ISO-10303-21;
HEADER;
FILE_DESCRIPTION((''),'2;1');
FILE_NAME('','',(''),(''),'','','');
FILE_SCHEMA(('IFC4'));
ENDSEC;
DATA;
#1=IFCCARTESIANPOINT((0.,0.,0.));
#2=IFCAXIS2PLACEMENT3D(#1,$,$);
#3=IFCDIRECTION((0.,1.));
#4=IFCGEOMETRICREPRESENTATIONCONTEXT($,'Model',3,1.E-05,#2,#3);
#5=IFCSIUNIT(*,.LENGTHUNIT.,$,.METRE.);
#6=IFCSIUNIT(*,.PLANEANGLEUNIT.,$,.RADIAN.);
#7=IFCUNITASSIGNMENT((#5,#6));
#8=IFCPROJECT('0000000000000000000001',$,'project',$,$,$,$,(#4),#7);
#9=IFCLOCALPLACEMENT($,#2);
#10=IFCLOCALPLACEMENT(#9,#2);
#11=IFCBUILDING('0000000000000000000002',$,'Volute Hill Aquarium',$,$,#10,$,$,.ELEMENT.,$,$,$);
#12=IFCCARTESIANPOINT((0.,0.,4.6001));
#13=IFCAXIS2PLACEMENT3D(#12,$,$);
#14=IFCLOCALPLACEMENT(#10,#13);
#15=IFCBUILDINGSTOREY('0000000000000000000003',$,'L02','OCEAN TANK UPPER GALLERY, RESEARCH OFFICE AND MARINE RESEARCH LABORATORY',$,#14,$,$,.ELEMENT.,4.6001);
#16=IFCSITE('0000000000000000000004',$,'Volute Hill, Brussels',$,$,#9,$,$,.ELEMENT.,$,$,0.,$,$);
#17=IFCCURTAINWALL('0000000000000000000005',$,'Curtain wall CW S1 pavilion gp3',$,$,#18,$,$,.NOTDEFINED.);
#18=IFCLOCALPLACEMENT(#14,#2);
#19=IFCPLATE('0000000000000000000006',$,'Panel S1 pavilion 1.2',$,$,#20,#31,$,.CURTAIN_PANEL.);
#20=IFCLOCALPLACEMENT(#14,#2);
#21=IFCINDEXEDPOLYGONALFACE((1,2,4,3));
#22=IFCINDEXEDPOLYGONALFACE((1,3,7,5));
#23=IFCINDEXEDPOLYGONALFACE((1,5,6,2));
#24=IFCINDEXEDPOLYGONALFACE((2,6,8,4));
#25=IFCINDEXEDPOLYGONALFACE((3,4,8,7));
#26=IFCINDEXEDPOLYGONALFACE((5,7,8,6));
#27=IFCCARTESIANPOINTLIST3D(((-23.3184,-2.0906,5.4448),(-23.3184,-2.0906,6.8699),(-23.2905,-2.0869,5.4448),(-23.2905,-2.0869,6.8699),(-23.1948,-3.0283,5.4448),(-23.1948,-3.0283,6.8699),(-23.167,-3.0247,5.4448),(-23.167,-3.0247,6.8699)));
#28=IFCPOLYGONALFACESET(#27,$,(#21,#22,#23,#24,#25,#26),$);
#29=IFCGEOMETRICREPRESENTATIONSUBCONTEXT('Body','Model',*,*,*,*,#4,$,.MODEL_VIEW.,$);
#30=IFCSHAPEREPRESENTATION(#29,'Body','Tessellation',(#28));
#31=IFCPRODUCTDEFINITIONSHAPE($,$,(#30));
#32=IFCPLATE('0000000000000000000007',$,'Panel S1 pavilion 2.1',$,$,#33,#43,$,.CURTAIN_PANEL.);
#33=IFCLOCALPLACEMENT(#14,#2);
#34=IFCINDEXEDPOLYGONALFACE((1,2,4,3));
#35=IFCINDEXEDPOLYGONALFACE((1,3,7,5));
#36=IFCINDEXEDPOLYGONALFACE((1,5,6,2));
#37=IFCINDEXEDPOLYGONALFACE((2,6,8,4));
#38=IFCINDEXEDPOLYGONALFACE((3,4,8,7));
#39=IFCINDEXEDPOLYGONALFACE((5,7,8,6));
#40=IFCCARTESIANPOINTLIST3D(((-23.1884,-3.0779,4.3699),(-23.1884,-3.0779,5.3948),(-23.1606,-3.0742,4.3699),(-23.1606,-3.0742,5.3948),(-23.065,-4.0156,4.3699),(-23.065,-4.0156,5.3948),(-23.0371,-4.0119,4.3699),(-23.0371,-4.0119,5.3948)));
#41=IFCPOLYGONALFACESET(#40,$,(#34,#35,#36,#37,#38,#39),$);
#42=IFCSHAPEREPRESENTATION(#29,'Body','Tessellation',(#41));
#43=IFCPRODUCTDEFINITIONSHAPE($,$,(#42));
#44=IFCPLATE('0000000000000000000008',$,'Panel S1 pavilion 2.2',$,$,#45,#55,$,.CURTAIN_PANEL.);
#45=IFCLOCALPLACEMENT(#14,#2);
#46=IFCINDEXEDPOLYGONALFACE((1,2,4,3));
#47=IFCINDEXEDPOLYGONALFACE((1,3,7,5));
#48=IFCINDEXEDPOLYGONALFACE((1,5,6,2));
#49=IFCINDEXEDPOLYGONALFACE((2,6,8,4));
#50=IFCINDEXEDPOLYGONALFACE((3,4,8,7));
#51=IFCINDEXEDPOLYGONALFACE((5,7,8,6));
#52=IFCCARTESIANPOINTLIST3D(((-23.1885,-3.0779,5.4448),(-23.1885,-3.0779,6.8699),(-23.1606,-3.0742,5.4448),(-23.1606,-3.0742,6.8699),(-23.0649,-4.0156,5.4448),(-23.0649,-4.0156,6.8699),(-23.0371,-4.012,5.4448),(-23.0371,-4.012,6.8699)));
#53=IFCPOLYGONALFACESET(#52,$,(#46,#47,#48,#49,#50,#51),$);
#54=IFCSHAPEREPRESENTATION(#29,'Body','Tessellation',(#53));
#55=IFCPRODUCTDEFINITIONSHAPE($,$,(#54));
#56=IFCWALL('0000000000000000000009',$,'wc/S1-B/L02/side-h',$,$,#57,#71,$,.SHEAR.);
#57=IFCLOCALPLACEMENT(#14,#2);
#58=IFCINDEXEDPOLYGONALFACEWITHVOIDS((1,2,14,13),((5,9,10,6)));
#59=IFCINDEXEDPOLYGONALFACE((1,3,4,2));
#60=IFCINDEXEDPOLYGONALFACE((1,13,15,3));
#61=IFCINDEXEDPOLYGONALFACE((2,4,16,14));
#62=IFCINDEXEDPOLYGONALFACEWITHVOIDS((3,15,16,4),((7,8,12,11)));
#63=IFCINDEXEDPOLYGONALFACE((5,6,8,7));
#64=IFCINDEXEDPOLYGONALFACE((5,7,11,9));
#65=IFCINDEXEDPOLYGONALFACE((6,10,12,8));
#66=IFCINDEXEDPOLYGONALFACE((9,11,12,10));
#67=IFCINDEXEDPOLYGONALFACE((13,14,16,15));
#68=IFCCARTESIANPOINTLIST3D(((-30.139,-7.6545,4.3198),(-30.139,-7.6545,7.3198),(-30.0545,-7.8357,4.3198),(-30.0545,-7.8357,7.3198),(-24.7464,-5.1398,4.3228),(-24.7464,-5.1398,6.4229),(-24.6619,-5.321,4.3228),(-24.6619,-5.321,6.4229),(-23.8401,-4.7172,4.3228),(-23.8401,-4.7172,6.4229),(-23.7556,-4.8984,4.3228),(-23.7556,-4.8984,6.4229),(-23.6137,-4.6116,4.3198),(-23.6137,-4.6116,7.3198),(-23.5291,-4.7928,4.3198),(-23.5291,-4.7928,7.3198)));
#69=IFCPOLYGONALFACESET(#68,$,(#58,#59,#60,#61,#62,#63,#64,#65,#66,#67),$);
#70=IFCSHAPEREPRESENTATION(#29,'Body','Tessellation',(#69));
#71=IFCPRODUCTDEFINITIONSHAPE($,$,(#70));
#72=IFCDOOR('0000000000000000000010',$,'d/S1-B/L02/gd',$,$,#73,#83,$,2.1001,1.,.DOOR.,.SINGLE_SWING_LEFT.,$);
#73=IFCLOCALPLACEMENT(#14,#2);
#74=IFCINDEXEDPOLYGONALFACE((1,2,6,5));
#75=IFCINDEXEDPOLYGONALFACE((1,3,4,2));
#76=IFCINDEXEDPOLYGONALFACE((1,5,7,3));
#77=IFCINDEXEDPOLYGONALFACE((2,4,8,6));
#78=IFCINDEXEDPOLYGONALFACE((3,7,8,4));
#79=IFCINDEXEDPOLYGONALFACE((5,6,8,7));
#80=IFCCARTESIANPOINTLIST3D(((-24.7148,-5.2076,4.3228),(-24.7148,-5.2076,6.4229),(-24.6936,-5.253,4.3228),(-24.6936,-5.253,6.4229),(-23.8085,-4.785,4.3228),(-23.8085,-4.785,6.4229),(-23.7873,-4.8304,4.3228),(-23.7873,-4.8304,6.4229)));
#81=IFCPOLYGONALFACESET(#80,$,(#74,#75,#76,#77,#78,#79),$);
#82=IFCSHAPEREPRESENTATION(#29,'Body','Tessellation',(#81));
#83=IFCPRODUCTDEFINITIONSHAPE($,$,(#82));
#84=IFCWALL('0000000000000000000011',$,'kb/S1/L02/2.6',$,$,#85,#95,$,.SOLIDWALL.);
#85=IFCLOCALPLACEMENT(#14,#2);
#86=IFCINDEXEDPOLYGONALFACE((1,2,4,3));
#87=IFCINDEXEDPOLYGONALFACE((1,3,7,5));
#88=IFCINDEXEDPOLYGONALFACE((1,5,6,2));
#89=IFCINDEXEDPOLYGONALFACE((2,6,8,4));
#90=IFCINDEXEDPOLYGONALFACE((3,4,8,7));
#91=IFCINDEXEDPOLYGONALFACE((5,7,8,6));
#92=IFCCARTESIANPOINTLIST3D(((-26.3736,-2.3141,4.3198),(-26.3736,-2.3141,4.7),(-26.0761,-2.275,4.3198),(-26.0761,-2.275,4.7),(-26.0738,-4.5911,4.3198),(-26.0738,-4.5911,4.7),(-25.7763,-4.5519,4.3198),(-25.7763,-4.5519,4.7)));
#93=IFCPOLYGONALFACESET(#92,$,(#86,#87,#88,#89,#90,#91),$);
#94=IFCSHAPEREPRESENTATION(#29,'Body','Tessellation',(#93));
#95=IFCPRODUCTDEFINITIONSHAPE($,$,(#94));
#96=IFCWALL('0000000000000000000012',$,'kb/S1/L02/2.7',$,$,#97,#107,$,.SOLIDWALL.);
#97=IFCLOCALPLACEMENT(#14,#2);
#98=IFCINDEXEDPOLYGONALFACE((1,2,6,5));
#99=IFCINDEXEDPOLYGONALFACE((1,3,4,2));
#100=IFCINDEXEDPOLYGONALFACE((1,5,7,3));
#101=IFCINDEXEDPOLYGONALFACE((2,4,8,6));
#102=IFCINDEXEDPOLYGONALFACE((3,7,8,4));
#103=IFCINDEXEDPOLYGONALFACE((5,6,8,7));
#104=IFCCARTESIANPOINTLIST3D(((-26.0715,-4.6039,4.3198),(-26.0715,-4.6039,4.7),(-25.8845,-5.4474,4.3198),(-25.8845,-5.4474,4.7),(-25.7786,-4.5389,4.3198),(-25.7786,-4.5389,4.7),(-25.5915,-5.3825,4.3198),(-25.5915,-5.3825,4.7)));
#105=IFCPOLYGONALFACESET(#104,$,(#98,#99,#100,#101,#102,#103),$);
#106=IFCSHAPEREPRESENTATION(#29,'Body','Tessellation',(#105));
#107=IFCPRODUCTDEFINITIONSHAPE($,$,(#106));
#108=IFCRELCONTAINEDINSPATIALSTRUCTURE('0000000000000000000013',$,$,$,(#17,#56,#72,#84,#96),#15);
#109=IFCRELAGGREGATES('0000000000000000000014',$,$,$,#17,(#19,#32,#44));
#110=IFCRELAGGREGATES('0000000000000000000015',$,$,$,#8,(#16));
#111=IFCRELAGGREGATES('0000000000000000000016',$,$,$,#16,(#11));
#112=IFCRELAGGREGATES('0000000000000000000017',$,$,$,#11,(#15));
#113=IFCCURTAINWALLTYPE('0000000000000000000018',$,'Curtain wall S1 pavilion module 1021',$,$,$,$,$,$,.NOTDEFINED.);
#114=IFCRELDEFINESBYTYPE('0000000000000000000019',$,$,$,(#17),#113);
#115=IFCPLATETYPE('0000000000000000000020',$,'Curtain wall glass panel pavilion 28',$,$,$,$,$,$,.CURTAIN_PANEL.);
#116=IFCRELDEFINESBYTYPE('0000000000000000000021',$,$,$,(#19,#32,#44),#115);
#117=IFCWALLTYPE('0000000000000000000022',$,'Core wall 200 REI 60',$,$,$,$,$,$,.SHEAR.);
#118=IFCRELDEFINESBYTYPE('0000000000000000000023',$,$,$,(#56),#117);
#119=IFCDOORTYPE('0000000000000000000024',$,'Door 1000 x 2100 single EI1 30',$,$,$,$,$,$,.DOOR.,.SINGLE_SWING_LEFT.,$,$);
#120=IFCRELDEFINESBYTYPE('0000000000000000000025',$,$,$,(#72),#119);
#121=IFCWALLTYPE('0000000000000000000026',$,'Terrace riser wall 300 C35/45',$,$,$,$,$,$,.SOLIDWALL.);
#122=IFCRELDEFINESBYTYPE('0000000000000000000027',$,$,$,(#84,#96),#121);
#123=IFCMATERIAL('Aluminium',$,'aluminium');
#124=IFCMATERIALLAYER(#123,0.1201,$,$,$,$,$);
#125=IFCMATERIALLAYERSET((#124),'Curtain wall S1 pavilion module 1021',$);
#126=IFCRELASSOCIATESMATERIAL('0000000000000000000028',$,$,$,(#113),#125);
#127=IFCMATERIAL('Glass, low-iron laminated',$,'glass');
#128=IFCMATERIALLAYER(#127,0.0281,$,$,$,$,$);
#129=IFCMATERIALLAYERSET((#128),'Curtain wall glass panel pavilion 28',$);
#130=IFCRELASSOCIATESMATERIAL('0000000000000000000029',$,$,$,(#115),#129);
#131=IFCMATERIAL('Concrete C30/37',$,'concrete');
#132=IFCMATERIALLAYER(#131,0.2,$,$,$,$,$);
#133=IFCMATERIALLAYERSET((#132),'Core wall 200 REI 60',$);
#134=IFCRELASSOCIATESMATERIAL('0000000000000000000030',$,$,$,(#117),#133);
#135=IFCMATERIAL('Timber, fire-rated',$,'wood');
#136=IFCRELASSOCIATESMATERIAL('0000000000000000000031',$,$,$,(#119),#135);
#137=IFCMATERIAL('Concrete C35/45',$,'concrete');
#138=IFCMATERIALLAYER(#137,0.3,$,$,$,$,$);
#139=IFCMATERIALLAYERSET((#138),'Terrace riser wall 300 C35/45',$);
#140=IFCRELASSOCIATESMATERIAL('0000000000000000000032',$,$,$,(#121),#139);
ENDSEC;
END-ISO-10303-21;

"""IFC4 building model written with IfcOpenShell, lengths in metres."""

from ifc_helpers import new_model, si_unit, direction, frame, frame_2d, origin, origin_2d, place, context, subcontext, project, spatial, polyline, rectangle, outline, extrude, material, layer, layer_set, type_object, element, fill, aggregate, save


model = new_model("IFC4")

# Units and contexts
model_context = context("Model", 3, precision=1e-05, world=origin(), true_north=direction((0.0, 1.0)))
body_context = subcontext(model_context, "Body", "Model", "MODEL_VIEW")
ifc_project = project(units=[si_unit("LENGTHUNIT", "METRE"), si_unit("PLANEANGLEUNIT", "RADIAN")], contexts=[model_context])

# Site, building, storey
site_placement = place(None, origin())
site = spatial("IfcSite", under=ifc_project, at=site_placement, Name="Volute Hill, Brussels", CompositionType="ELEMENT", RefElevation=0.0)
building_placement = place(site_placement, origin())
building = spatial("IfcBuilding", under=site, at=building_placement, Name="Volute Hill Aquarium", CompositionType="ELEMENT")
storey_placement = place(building_placement, frame((0.0, 0.0, 4.6001)))
storey = spatial("IfcBuildingStorey", under=building, at=storey_placement, Name="L02", Description="OCEAN TANK UPPER GALLERY, RESEARCH OFFICE AND MARINE RESEARCH LABORATORY", CompositionType="ELEMENT", Elevation=4.6001)

# Curtain wall
ifc_material_1 = material(Name="Aluminium", Category="aluminium")
ifc_layer_1 = layer(ifc_material_1, 0.1201)
ifc_layer_set_1 = layer_set([ifc_layer_1], Name="Curtain wall S1 pavilion module 1021")
curtain_wall_type = type_object("IfcCurtainWallType", Name="Curtain wall S1 pavilion module 1021", PredefinedType="NOTDEFINED", material=ifc_layer_set_1)
curtain_wall_placement = place(storey_placement, origin())
curtain_wall = element("IfcCurtainWall", 1, at=curtain_wall_placement, inside=storey, type_object=curtain_wall_type, Name="Curtain wall CW S1 pavilion gp3", PredefinedType="NOTDEFINED")

# Plates
ifc_material_2 = material(Name="Glass, low-iron laminated", Category="glass")
ifc_layer_2 = layer(ifc_material_2, 0.0281)
ifc_layer_set_2 = layer_set([ifc_layer_2], Name="Curtain wall glass panel pavilion 28")
plate_type = type_object("IfcPlateType", Name="Curtain wall glass panel pavilion 28", PredefinedType="CURTAIN_PANEL", material=ifc_layer_set_2)
plate_1_placement = place(storey_placement, frame((-23.3184, -2.0906, 5.4448), z_axis=(-0.991434, -0.130608, 0.0), x_axis=(0.130608, -0.991434, 0.0)))
plate_1 = element("IfcPlate", 2, at=plate_1_placement, type_object=plate_type, Name="Panel S1 pavilion 1.2", PredefinedType="CURTAIN_PANEL", context=body_context, shape_type="SweptSolid", body=[
    extrude(outline(polyline([(0.0, 0.0), (0.9458, 0.0), (0.9458, 1.425), (0.0, 1.425), (0.0, 0.0)])), origin(), (0.0, 0.0, -1.0), 0.0281),
])
plate_2_placement = place(storey_placement, frame((-23.1128, -3.5449, 4.3699), z_axis=(0.0, 0.0, 1.0), x_axis=(0.130543, -0.991443, 0.0)))
plate_2 = element("IfcPlate", 3, at=plate_2_placement, type_object=plate_type, Name="Panel S1 pavilion 2.1", PredefinedType="CURTAIN_PANEL", context=body_context, shape_type="SweptSolid", body=[
    extrude(rectangle(XDim=0.9458, YDim=0.0281, at=origin_2d()), origin(), (0.0, 0.0, 1.0), 1.0249),
])
plate_3_placement = place(storey_placement, frame((-23.1885, -3.0779, 5.4448), z_axis=(-0.991434, -0.130608, 0.0), x_axis=(0.130608, -0.991434, 0.0)))
plate_3 = element("IfcPlate", 4, at=plate_3_placement, type_object=plate_type, Name="Panel S1 pavilion 2.2", PredefinedType="CURTAIN_PANEL", context=body_context, shape_type="SweptSolid", body=[
    extrude(outline(polyline([(0.0, 0.0), (0.9458, 0.0), (0.9458, 1.425), (0.0, 1.425), (0.0, 0.0)])), origin(), (0.0, 0.0, -1.0), 0.0281),
])
aggregate(curtain_wall, [plate_1, plate_2, plate_3])

# Wall, opening, door
ifc_material_3 = material(Name="Concrete C30/37", Category="concrete")
ifc_layer_3 = layer(ifc_material_3, 0.2)
ifc_layer_set_3 = layer_set([ifc_layer_3], Name="Core wall 200 REI 60")
wall_type_1 = type_object("IfcWallType", Name="Core wall 200 REI 60", PredefinedType="SHEAR", material=ifc_layer_set_3)
wall_1_placement = place(storey_placement, frame((-23.5713, -4.7021, 4.3198), z_axis=(0.0, 0.0, 1.0), x_axis=(-0.906301, -0.422633, 0.0)))
wall_1 = element("IfcWall", 5, at=wall_1_placement, inside=storey, type_object=wall_type_1, Name="wc/S1-B/L02/side-h", PredefinedType="SHEAR", context=body_context, shape_type="SweptSolid", body=[
    extrude(rectangle(XDim=7.2, YDim=0.2, at=frame_2d((3.6001, 0.0))), origin(), (0.0, 0.0, 1.0), 3.0),
])
opening_placement = place(wall_1_placement, frame((0.25, 0.0, 0.0029)))
opening = element("IfcOpeningElement", 6, at=opening_placement, cuts=wall_1, PredefinedType="OPENING", context=body_context, shape_type="SweptSolid", body=[
    extrude(rectangle(XDim=1.0, YDim=2.1001, at=frame_2d((0.5, 1.05))), frame((0.0, 0.1099, 0.0), z_axis=(0.0, -1.0, 0.0), x_axis=(1.0, 0.0, 0.0)), (0.0, 0.0, 1.0), 0.22),
])
ifc_material_4 = material(Name="Timber, fire-rated", Category="wood")
door_type = type_object("IfcDoorType", Name="Door 1000 x 2100 single EI1 30", OperationType="SINGLE_SWING_LEFT", PredefinedType="DOOR", material=ifc_material_4)
door_placement = place(opening_placement, origin())
door = element("IfcDoor", 7, at=door_placement, inside=storey, type_object=door_type, Name="d/S1-B/L02/gd", OperationType="SINGLE_SWING_LEFT", OverallHeight=2.1001, OverallWidth=1.0, PredefinedType="DOOR", context=body_context, shape_type="SweptSolid", body=[
    extrude(rectangle(XDim=1.0, YDim=2.1001, at=frame_2d((0.5, 1.05))), frame((0.0, 0.0249, 0.0), z_axis=(0.0, -1.0, 0.0), x_axis=(1.0, 0.0, 0.0)), (0.0, 0.0, 1.0), 0.05),
])
fill(opening, door)

# Walls
ifc_material_5 = material(Name="Concrete C35/45", Category="concrete")
ifc_layer_4 = layer(ifc_material_5, 0.3)
ifc_layer_set_4 = layer_set([ifc_layer_4], Name="Terrace riser wall 300 C35/45")
wall_type_2 = type_object("IfcWallType", Name="Terrace riser wall 300 C35/45", PredefinedType="SOLIDWALL", material=ifc_layer_set_4)
wall_2_placement = place(storey_placement, frame((-26.2249, -2.2944, 4.3198), z_axis=(0.0, 0.0, 1.0), x_axis=(0.130548, -0.991442, 0.0)))
element("IfcWall", 8, at=wall_2_placement, inside=storey, type_object=wall_type_2, Name="kb/S1/L02/2.6", PredefinedType="SOLIDWALL", context=body_context, shape_type="SweptSolid", body=[
    extrude(rectangle(XDim=2.2966, YDim=0.3, at=frame_2d((1.1484, 0.0))), origin(), (0.0, 0.0, 1.0), 0.3801),
])
wall_3_placement = place(storey_placement, frame((-25.925, -4.5713, 4.3198), z_axis=(0.0, 0.0, 1.0), x_axis=(0.216452, -0.976293, 0.0)))
element("IfcWall", 9, at=wall_3_placement, inside=storey, type_object=wall_type_2, Name="kb/S1/L02/2.7", PredefinedType="SOLIDWALL", context=body_context, shape_type="SweptSolid", body=[
    extrude(rectangle(XDim=0.864, YDim=0.3, at=frame_2d((0.4321, 0.0))), origin(), (0.0, 0.0, 1.0), 0.3801),
])

save(model, "model.ifc")
